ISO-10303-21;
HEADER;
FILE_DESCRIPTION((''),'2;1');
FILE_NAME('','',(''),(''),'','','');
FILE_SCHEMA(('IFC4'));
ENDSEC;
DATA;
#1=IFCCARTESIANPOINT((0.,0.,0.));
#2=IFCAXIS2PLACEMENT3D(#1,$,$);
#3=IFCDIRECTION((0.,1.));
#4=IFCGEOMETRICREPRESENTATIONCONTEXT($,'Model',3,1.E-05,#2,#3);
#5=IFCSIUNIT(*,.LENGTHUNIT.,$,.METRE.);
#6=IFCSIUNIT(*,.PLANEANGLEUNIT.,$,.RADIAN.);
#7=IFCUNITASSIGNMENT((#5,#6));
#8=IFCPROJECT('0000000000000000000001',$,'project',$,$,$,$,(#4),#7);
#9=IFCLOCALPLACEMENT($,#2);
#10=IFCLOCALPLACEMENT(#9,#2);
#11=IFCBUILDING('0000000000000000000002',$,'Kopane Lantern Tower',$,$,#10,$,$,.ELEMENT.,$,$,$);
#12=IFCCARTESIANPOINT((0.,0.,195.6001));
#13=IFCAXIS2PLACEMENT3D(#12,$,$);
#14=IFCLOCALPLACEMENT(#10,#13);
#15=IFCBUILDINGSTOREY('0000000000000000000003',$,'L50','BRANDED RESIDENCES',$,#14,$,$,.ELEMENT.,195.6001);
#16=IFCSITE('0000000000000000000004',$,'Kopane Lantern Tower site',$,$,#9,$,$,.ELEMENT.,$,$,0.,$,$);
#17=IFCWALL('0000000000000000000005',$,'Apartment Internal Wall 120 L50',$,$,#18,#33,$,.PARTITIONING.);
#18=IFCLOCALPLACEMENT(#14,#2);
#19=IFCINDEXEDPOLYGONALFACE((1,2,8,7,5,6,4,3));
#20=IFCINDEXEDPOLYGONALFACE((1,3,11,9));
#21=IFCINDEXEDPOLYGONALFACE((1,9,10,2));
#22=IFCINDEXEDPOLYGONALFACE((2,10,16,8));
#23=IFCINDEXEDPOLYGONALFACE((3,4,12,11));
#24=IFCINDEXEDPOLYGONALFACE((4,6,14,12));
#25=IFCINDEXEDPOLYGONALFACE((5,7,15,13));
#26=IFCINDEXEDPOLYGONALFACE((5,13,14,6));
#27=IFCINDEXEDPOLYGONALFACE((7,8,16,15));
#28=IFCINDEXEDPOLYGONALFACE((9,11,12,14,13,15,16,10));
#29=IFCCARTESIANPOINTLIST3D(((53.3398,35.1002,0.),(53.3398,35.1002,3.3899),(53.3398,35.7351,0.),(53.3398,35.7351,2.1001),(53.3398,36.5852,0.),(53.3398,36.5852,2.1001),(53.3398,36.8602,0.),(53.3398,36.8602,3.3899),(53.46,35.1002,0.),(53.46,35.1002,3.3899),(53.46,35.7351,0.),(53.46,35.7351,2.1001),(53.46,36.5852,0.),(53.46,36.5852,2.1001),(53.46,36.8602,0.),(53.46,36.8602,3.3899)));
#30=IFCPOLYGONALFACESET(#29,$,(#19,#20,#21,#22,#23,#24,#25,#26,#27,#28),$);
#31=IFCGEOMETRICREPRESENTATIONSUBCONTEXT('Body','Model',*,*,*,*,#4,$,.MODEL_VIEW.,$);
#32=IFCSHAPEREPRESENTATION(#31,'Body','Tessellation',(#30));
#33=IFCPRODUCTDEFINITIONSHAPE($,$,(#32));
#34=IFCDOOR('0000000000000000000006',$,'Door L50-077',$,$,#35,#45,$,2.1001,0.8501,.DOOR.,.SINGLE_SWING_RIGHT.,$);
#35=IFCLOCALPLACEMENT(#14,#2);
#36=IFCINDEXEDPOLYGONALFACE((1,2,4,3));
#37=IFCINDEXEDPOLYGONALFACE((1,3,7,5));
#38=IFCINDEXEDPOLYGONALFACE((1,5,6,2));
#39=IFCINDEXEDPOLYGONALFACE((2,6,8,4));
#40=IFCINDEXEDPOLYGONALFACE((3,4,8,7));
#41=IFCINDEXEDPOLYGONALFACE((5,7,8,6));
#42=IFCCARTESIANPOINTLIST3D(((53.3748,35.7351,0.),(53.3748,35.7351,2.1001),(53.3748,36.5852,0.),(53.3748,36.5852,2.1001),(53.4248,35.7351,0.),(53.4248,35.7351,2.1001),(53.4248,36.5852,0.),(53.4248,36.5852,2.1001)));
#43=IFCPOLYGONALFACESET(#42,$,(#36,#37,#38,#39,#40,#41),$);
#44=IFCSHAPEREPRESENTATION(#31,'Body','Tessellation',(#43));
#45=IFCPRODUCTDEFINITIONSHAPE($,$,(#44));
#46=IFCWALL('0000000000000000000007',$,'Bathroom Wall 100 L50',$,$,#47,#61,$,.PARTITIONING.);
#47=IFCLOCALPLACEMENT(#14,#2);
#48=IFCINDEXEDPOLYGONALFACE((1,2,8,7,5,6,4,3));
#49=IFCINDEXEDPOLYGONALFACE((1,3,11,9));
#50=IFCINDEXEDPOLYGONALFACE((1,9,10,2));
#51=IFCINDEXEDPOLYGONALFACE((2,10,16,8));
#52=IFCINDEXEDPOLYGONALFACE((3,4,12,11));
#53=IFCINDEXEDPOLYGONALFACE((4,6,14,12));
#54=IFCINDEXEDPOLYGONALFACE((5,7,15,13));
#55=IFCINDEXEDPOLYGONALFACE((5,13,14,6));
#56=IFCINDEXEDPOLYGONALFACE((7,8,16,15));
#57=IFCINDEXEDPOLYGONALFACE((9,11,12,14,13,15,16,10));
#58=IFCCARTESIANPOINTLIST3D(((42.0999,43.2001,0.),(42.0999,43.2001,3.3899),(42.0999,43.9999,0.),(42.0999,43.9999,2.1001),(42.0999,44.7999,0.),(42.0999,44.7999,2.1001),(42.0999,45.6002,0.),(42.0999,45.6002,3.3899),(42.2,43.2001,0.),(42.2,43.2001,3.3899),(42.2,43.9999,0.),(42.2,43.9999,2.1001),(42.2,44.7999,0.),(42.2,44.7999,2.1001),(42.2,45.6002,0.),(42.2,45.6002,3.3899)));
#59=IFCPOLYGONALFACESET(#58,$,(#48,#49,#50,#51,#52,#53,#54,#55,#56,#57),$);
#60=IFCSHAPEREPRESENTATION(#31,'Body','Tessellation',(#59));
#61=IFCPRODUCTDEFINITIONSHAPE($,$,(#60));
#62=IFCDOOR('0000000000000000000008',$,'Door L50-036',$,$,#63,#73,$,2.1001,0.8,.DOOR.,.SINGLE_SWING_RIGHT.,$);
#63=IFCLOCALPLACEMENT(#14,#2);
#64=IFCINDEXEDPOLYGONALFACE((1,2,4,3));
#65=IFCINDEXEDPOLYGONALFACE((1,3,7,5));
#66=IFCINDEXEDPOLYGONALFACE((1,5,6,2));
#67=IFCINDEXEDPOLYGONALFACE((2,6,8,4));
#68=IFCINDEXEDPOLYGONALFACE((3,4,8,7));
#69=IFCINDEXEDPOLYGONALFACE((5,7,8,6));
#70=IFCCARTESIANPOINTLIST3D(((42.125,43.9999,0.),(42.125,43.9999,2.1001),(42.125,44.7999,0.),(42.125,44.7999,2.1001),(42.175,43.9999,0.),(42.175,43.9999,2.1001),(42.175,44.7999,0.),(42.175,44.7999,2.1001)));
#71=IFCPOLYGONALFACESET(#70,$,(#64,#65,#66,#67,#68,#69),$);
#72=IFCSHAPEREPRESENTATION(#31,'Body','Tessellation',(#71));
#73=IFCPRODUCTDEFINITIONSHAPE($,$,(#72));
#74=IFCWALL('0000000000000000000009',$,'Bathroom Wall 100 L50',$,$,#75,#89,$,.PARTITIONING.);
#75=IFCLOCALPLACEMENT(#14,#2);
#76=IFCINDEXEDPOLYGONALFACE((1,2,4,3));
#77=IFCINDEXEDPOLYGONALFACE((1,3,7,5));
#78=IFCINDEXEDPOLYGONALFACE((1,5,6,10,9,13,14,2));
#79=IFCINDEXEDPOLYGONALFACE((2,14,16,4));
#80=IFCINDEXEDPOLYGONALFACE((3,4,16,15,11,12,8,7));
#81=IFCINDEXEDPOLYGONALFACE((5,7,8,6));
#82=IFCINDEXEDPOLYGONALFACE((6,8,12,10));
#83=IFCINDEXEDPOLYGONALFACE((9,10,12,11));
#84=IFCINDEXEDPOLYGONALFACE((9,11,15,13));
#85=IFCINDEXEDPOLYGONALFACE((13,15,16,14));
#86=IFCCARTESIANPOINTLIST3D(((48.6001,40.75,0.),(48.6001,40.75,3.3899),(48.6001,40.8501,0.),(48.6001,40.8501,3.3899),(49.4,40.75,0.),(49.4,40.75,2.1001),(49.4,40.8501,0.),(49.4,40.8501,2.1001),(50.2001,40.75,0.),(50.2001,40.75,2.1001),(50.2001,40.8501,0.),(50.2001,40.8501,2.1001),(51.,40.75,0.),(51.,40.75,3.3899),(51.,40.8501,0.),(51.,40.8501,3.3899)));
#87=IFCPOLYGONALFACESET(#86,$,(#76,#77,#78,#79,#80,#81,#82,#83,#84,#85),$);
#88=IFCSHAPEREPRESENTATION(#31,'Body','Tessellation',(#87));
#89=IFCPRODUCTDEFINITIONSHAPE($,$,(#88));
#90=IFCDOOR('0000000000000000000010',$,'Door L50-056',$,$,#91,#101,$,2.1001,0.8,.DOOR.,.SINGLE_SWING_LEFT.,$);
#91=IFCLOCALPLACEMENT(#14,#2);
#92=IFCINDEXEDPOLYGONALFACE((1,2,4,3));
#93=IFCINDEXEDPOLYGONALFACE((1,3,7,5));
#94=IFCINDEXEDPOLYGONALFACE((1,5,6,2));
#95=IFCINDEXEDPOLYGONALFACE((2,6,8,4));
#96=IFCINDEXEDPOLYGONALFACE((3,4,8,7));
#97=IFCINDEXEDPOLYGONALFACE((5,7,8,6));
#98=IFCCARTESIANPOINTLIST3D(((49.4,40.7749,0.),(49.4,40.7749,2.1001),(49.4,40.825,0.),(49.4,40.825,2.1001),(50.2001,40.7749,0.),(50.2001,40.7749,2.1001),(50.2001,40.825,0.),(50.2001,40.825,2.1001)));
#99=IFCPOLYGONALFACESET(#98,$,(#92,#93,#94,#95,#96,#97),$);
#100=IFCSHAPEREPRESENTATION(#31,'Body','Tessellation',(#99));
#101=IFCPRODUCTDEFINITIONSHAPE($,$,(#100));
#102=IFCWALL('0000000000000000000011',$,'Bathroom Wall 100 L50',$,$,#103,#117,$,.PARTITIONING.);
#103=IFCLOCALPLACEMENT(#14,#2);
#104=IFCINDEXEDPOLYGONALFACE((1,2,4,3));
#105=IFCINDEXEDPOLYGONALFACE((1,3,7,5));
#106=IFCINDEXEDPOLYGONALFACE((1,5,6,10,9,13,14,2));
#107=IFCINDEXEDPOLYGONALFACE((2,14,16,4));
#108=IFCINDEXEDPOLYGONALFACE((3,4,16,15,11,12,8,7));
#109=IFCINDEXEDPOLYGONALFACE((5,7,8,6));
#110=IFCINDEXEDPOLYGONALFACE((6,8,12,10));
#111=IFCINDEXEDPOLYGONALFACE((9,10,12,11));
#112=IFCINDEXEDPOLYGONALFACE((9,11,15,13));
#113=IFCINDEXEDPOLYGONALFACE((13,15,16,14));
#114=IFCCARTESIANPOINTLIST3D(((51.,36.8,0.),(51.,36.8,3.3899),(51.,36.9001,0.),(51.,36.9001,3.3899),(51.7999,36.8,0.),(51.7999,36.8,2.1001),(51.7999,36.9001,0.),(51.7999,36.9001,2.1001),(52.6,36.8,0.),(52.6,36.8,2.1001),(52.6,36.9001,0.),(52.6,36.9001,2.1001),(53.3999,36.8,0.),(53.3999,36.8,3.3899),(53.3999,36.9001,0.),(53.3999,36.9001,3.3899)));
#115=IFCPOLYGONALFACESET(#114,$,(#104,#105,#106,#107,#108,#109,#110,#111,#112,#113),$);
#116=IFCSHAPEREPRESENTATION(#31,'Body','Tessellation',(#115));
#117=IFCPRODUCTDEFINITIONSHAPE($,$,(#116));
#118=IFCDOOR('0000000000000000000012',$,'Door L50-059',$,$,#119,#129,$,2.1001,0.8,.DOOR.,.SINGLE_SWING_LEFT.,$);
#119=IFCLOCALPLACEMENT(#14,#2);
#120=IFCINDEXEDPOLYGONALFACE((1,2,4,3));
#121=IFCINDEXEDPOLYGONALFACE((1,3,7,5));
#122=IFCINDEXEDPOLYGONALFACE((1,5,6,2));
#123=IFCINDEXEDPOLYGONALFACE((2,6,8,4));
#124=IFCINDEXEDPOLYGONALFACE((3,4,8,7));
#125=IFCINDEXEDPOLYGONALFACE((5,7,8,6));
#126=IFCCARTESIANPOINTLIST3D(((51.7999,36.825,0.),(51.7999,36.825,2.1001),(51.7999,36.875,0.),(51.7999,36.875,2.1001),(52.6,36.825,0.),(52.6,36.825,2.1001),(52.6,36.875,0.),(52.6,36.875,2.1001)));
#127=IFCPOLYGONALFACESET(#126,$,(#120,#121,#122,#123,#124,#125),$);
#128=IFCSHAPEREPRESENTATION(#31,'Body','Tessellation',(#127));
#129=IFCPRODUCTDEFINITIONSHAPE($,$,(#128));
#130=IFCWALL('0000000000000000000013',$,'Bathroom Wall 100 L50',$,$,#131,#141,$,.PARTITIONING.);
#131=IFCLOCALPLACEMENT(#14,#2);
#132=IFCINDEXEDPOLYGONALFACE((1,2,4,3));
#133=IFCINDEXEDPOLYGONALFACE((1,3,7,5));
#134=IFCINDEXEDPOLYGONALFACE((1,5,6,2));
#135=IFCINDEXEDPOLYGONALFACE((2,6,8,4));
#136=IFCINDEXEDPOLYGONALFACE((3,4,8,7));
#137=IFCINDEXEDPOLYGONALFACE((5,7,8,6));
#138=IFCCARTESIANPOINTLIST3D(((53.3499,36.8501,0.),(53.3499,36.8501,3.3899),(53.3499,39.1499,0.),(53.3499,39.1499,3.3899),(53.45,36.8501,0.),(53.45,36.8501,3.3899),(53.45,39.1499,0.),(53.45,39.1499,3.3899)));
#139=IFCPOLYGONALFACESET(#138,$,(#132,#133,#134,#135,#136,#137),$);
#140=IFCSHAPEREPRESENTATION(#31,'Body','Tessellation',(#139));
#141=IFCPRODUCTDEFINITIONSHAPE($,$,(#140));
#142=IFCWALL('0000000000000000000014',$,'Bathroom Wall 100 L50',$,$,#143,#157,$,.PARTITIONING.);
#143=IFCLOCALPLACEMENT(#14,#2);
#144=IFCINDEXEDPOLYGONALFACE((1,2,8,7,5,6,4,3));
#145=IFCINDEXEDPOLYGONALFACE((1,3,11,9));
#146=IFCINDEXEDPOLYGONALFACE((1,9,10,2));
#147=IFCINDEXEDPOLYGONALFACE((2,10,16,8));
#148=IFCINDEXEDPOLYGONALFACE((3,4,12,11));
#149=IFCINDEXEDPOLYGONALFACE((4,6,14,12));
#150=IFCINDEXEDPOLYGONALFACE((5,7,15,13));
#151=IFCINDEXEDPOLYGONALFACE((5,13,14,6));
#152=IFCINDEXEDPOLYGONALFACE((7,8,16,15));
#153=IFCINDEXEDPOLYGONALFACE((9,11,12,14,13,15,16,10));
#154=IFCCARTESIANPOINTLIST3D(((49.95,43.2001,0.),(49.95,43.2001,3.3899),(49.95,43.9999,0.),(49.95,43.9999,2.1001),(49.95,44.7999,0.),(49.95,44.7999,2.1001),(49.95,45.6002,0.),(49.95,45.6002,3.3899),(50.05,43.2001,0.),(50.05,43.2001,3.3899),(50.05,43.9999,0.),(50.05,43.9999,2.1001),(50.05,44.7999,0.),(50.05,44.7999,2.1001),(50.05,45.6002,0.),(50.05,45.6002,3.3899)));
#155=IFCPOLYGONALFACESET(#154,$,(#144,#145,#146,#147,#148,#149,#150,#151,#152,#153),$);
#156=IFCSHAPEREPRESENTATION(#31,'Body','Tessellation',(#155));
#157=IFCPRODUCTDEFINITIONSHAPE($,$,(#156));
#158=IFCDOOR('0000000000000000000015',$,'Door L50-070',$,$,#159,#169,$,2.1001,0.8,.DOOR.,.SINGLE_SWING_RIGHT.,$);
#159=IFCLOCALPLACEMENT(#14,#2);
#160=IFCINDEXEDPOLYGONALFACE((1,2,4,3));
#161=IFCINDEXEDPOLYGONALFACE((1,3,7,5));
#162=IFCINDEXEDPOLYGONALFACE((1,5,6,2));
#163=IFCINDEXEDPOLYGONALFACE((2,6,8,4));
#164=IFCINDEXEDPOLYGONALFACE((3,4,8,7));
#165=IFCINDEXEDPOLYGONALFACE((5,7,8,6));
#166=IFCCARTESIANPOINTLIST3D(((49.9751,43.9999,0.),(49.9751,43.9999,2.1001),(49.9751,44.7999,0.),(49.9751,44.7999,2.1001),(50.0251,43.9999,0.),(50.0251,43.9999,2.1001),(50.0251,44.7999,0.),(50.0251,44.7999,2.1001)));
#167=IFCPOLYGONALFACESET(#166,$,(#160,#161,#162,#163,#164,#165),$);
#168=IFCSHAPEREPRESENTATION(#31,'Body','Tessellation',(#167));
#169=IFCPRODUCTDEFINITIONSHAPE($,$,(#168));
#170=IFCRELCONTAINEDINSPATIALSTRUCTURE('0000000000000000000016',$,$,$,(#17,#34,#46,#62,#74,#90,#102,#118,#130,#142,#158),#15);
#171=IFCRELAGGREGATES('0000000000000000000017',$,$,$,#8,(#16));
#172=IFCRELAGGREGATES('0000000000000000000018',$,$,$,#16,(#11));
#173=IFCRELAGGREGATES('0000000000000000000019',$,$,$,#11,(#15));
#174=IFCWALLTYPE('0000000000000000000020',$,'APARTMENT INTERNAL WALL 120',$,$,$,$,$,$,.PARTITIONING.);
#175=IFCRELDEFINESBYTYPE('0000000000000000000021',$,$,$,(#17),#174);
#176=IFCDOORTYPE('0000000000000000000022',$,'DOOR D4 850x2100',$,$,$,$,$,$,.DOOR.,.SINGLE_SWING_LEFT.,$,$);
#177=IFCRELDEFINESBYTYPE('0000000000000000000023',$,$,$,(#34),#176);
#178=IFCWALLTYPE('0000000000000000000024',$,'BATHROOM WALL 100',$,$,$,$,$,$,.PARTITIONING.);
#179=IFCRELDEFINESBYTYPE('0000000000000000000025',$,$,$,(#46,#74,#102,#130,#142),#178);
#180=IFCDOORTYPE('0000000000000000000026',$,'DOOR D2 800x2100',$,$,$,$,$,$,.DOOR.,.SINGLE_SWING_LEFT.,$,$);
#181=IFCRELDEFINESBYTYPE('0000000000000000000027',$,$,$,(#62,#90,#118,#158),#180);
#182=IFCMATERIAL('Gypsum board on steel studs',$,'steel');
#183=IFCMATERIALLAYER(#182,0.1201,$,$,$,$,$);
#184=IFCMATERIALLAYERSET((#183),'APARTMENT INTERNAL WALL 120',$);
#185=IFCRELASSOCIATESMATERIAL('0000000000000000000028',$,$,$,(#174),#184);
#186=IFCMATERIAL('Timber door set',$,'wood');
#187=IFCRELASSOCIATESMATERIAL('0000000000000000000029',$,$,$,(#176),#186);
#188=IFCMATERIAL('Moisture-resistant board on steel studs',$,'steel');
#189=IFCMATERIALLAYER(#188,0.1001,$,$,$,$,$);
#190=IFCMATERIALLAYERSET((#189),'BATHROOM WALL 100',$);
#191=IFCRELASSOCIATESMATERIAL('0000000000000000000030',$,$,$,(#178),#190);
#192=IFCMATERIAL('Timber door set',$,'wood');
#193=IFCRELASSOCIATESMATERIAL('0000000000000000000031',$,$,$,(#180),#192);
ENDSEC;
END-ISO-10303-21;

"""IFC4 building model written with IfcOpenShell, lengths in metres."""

from ifc_helpers import new_model, si_unit, direction, frame, frame_2d, origin, place, context, subcontext, project, spatial, rectangle, extrude, material, layer, layer_set, type_object, element, fill, save


model = new_model("IFC4")

# Units and contexts
model_context = context("Model", 3, precision=1e-05, world=origin(), true_north=direction((0.0, 1.0)))
body_context = subcontext(model_context, "Body", "Model", "MODEL_VIEW")
ifc_project = project(units=[si_unit("LENGTHUNIT", "METRE"), si_unit("PLANEANGLEUNIT", "RADIAN")], contexts=[model_context])

# Site, building, storey
site_placement = place(None, origin())
site = spatial("IfcSite", under=ifc_project, at=site_placement, Name="Kopane Lantern Tower site", CompositionType="ELEMENT", RefElevation=0.0)
building_placement = place(site_placement, origin())
building = spatial("IfcBuilding", under=site, at=building_placement, Name="Kopane Lantern Tower", CompositionType="ELEMENT")
storey_placement = place(building_placement, frame((0.0, 0.0, 195.6001)))
storey = spatial("IfcBuildingStorey", under=building, at=storey_placement, Name="L50", Description="BRANDED RESIDENCES", CompositionType="ELEMENT", Elevation=195.6001)

# Shared definitions
ifc_material_1 = material(Name="Gypsum board on steel studs", Category="steel")
ifc_layer_1 = layer(ifc_material_1, 0.1201)
ifc_layer_set_1 = layer_set([ifc_layer_1], Name="APARTMENT INTERNAL WALL 120")
wall_type_1 = type_object("IfcWallType", Name="APARTMENT INTERNAL WALL 120", PredefinedType="PARTITIONING", material=ifc_layer_set_1)

# Walls, openings, doors
wall_1_placement = place(storey_placement, frame((53.3999, 36.8601, 0.0), z_axis=(0.0, 0.0, 1.0), x_axis=(0.0, -1.0, 0.0)))
wall_1 = element("IfcWall", 1, at=wall_1_placement, inside=storey, type_object=wall_type_1, Name="Apartment Internal Wall 120 L50", PredefinedType="PARTITIONING", context=body_context, shape_type="SweptSolid", body=[
    extrude(rectangle(XDim=1.76, YDim=0.1201, at=frame_2d((0.8799, 0.0))), origin(), (0.0, 0.0, 1.0), 3.3899),
])
opening_1_placement = place(wall_1_placement, frame((0.2749, 0.0, 0.0)))
opening_1 = element("IfcOpeningElement", 2, at=opening_1_placement, cuts=wall_1, PredefinedType="OPENING", context=body_context, shape_type="SweptSolid", body=[
    extrude(rectangle(XDim=0.8501, YDim=2.1001, at=frame_2d((0.425, 1.05))), frame((0.0, 0.0701, 0.0), z_axis=(0.0, -1.0, 0.0), x_axis=(1.0, 0.0, 0.0)), (0.0, 0.0, 1.0), 0.1401),
])
ifc_material_2 = material(Name="Timber door set", Category="wood")
door_type_1 = type_object("IfcDoorType", Name="DOOR D4 850x2100", OperationType="SINGLE_SWING_LEFT", PredefinedType="DOOR", material=ifc_material_2)
door_1_placement = place(opening_1_placement, origin())
door_1 = element("IfcDoor", 3, at=door_1_placement, inside=storey, type_object=door_type_1, Name="Door L50-077", OperationType="SINGLE_SWING_RIGHT", OverallHeight=2.1001, OverallWidth=0.8501, PredefinedType="DOOR", context=body_context, shape_type="SweptSolid", body=[
    extrude(rectangle(XDim=0.8501, YDim=2.1001, at=frame_2d((0.425, 1.05))), frame((0.0, 0.0249, 0.0), z_axis=(0.0, -1.0, 0.0), x_axis=(1.0, 0.0, 0.0)), (0.0, 0.0, 1.0), 0.05),
])
fill(opening_1, door_1)
ifc_material_3 = material(Name="Moisture-resistant board on steel studs", Category="steel")
ifc_layer_2 = layer(ifc_material_3, 0.1001)
ifc_layer_set_2 = layer_set([ifc_layer_2], Name="BATHROOM WALL 100")
wall_type_2 = type_object("IfcWallType", Name="BATHROOM WALL 100", PredefinedType="PARTITIONING", material=ifc_layer_set_2)
wall_2_placement = place(storey_placement, frame((42.1499, 43.2, 0.0), z_axis=(0.0, 0.0, 1.0), x_axis=(0.0, 1.0, 0.0)))
wall_2 = element("IfcWall", 4, at=wall_2_placement, inside=storey, type_object=wall_type_2, Name="Bathroom Wall 100 L50", PredefinedType="PARTITIONING", context=body_context, shape_type="SweptSolid", body=[
    extrude(rectangle(XDim=2.4001, YDim=0.1001, at=frame_2d((1.2002, 0.0))), origin(), (0.0, 0.0, 1.0), 3.3899),
])
opening_2_placement = place(wall_2_placement, frame((0.8, 0.0, 0.0)))
opening_2 = element("IfcOpeningElement", 5, at=opening_2_placement, cuts=wall_2, PredefinedType="OPENING", context=body_context, shape_type="SweptSolid", body=[
    extrude(rectangle(XDim=0.8, YDim=2.1001, at=frame_2d((0.3999, 1.05))), frame((0.0, 0.0601, 0.0), z_axis=(0.0, -1.0, 0.0), x_axis=(1.0, 0.0, 0.0)), (0.0, 0.0, 1.0), 0.1201),
])
ifc_material_4 = material(Name="Timber door set", Category="wood")
door_type_2 = type_object("IfcDoorType", Name="DOOR D2 800x2100", OperationType="SINGLE_SWING_LEFT", PredefinedType="DOOR", material=ifc_material_4)
door_2_placement = place(opening_2_placement, origin())
door_2 = element("IfcDoor", 6, at=door_2_placement, inside=storey, type_object=door_type_2, Name="Door L50-036", OperationType="SINGLE_SWING_RIGHT", OverallHeight=2.1001, OverallWidth=0.8, PredefinedType="DOOR", context=body_context, shape_type="SweptSolid", body=[
    extrude(rectangle(XDim=0.8, YDim=2.1001, at=frame_2d((0.3999, 1.05))), frame((0.0, 0.0249, 0.0), z_axis=(0.0, -1.0, 0.0), x_axis=(1.0, 0.0, 0.0)), (0.0, 0.0, 1.0), 0.05),
])
fill(opening_2, door_2)
wall_3_placement = place(storey_placement, frame((48.6001, 40.8, 0.0), z_axis=(0.0, 0.0, 1.0), x_axis=(1.0, 0.0, 0.0)))
wall_3 = element("IfcWall", 7, at=wall_3_placement, inside=storey, type_object=wall_type_2, Name="Bathroom Wall 100 L50", PredefinedType="PARTITIONING", context=body_context, shape_type="SweptSolid", body=[
    extrude(rectangle(XDim=2.3999, YDim=0.1001, at=frame_2d((1.2, 0.0))), origin(), (0.0, 0.0, 1.0), 3.3899),
])
opening_3_placement = place(wall_3_placement, frame((0.8, 0.0, 0.0)))
opening_3 = element("IfcOpeningElement", 8, at=opening_3_placement, cuts=wall_3, PredefinedType="OPENING", context=body_context, shape_type="SweptSolid", body=[
    extrude(rectangle(XDim=0.8, YDim=2.1001, at=frame_2d((0.3999, 1.05))), frame((0.0, 0.0601, 0.0), z_axis=(0.0, -1.0, 0.0), x_axis=(1.0, 0.0, 0.0)), (0.0, 0.0, 1.0), 0.1201),
])
door_3_placement = place(opening_3_placement, origin())
door_3 = element("IfcDoor", 9, at=door_3_placement, inside=storey, type_object=door_type_2, Name="Door L50-056", OperationType="SINGLE_SWING_LEFT", OverallHeight=2.1001, OverallWidth=0.8, PredefinedType="DOOR", context=body_context, shape_type="SweptSolid", body=[
    extrude(rectangle(XDim=0.8, YDim=2.1001, at=frame_2d((0.3999, 1.05))), frame((0.0, 0.0249, 0.0), z_axis=(0.0, -1.0, 0.0), x_axis=(1.0, 0.0, 0.0)), (0.0, 0.0, 1.0), 0.05),
])
fill(opening_3, door_3)
wall_4_placement = place(storey_placement, frame((51.0, 36.8501, 0.0), z_axis=(0.0, 0.0, 1.0), x_axis=(1.0, 0.0, 0.0)))
wall_4 = element("IfcWall", 10, at=wall_4_placement, inside=storey, type_object=wall_type_2, Name="Bathroom Wall 100 L50", PredefinedType="PARTITIONING", context=body_context, shape_type="SweptSolid", body=[
    extrude(rectangle(XDim=2.3999, YDim=0.1001, at=frame_2d((1.2, 0.0))), origin(), (0.0, 0.0, 1.0), 3.3899),
])
opening_4_placement = place(wall_4_placement, frame((0.8, 0.0, 0.0)))
opening_4 = element("IfcOpeningElement", 11, at=opening_4_placement, cuts=wall_4, PredefinedType="OPENING", context=body_context, shape_type="SweptSolid", body=[
    extrude(rectangle(XDim=0.8, YDim=2.1001, at=frame_2d((0.3999, 1.05))), frame((0.0, 0.0601, 0.0), z_axis=(0.0, -1.0, 0.0), x_axis=(1.0, 0.0, 0.0)), (0.0, 0.0, 1.0), 0.1201),
])
door_4_placement = place(opening_4_placement, origin())
door_4 = element("IfcDoor", 12, at=door_4_placement, inside=storey, type_object=door_type_2, Name="Door L50-059", OperationType="SINGLE_SWING_LEFT", OverallHeight=2.1001, OverallWidth=0.8, PredefinedType="DOOR", context=body_context, shape_type="SweptSolid", body=[
    extrude(rectangle(XDim=0.8, YDim=2.1001, at=frame_2d((0.3999, 1.05))), frame((0.0, 0.0249, 0.0), z_axis=(0.0, -1.0, 0.0), x_axis=(1.0, 0.0, 0.0)), (0.0, 0.0, 1.0), 0.05),
])
fill(opening_4, door_4)

# Wall
wall_5_placement = place(storey_placement, frame((53.3999, 36.8501, 0.0), z_axis=(0.0, 0.0, 1.0), x_axis=(0.0, 1.0, 0.0)))
element("IfcWall", 13, at=wall_5_placement, inside=storey, type_object=wall_type_2, Name="Bathroom Wall 100 L50", PredefinedType="PARTITIONING", context=body_context, shape_type="SweptSolid", body=[
    extrude(rectangle(XDim=2.2998, YDim=0.1001, at=frame_2d((1.1499, 0.0))), origin(), (0.0, 0.0, 1.0), 3.3899),
])

# Wall, opening, door
wall_6_placement = place(storey_placement, frame((50.0, 43.2, 0.0), z_axis=(0.0, 0.0, 1.0), x_axis=(0.0, 1.0, 0.0)))
wall_6 = element("IfcWall", 14, at=wall_6_placement, inside=storey, type_object=wall_type_2, Name="Bathroom Wall 100 L50", PredefinedType="PARTITIONING", context=body_context, shape_type="SweptSolid", body=[
    extrude(rectangle(XDim=2.4001, YDim=0.1001, at=frame_2d((1.2002, 0.0))), origin(), (0.0, 0.0, 1.0), 3.3899),
])
opening_5_placement = place(wall_6_placement, frame((0.8, 0.0, 0.0)))
opening_5 = element("IfcOpeningElement", 15, at=opening_5_placement, cuts=wall_6, PredefinedType="OPENING", context=body_context, shape_type="SweptSolid", body=[
    extrude(rectangle(XDim=0.8, YDim=2.1001, at=frame_2d((0.3999, 1.05))), frame((0.0, 0.0601, 0.0), z_axis=(0.0, -1.0, 0.0), x_axis=(1.0, 0.0, 0.0)), (0.0, 0.0, 1.0), 0.1201),
])
door_5_placement = place(opening_5_placement, origin())
door_5 = element("IfcDoor", 16, at=door_5_placement, inside=storey, type_object=door_type_2, Name="Door L50-070", OperationType="SINGLE_SWING_RIGHT", OverallHeight=2.1001, OverallWidth=0.8, PredefinedType="DOOR", context=body_context, shape_type="SweptSolid", body=[
    extrude(rectangle(XDim=0.8, YDim=2.1001, at=frame_2d((0.3999, 1.05))), frame((0.0, 0.0249, 0.0), z_axis=(0.0, -1.0, 0.0), x_axis=(1.0, 0.0, 0.0)), (0.0, 0.0, 1.0), 0.05),
])
fill(opening_5, door_5)

save(model, "model.ifc")
